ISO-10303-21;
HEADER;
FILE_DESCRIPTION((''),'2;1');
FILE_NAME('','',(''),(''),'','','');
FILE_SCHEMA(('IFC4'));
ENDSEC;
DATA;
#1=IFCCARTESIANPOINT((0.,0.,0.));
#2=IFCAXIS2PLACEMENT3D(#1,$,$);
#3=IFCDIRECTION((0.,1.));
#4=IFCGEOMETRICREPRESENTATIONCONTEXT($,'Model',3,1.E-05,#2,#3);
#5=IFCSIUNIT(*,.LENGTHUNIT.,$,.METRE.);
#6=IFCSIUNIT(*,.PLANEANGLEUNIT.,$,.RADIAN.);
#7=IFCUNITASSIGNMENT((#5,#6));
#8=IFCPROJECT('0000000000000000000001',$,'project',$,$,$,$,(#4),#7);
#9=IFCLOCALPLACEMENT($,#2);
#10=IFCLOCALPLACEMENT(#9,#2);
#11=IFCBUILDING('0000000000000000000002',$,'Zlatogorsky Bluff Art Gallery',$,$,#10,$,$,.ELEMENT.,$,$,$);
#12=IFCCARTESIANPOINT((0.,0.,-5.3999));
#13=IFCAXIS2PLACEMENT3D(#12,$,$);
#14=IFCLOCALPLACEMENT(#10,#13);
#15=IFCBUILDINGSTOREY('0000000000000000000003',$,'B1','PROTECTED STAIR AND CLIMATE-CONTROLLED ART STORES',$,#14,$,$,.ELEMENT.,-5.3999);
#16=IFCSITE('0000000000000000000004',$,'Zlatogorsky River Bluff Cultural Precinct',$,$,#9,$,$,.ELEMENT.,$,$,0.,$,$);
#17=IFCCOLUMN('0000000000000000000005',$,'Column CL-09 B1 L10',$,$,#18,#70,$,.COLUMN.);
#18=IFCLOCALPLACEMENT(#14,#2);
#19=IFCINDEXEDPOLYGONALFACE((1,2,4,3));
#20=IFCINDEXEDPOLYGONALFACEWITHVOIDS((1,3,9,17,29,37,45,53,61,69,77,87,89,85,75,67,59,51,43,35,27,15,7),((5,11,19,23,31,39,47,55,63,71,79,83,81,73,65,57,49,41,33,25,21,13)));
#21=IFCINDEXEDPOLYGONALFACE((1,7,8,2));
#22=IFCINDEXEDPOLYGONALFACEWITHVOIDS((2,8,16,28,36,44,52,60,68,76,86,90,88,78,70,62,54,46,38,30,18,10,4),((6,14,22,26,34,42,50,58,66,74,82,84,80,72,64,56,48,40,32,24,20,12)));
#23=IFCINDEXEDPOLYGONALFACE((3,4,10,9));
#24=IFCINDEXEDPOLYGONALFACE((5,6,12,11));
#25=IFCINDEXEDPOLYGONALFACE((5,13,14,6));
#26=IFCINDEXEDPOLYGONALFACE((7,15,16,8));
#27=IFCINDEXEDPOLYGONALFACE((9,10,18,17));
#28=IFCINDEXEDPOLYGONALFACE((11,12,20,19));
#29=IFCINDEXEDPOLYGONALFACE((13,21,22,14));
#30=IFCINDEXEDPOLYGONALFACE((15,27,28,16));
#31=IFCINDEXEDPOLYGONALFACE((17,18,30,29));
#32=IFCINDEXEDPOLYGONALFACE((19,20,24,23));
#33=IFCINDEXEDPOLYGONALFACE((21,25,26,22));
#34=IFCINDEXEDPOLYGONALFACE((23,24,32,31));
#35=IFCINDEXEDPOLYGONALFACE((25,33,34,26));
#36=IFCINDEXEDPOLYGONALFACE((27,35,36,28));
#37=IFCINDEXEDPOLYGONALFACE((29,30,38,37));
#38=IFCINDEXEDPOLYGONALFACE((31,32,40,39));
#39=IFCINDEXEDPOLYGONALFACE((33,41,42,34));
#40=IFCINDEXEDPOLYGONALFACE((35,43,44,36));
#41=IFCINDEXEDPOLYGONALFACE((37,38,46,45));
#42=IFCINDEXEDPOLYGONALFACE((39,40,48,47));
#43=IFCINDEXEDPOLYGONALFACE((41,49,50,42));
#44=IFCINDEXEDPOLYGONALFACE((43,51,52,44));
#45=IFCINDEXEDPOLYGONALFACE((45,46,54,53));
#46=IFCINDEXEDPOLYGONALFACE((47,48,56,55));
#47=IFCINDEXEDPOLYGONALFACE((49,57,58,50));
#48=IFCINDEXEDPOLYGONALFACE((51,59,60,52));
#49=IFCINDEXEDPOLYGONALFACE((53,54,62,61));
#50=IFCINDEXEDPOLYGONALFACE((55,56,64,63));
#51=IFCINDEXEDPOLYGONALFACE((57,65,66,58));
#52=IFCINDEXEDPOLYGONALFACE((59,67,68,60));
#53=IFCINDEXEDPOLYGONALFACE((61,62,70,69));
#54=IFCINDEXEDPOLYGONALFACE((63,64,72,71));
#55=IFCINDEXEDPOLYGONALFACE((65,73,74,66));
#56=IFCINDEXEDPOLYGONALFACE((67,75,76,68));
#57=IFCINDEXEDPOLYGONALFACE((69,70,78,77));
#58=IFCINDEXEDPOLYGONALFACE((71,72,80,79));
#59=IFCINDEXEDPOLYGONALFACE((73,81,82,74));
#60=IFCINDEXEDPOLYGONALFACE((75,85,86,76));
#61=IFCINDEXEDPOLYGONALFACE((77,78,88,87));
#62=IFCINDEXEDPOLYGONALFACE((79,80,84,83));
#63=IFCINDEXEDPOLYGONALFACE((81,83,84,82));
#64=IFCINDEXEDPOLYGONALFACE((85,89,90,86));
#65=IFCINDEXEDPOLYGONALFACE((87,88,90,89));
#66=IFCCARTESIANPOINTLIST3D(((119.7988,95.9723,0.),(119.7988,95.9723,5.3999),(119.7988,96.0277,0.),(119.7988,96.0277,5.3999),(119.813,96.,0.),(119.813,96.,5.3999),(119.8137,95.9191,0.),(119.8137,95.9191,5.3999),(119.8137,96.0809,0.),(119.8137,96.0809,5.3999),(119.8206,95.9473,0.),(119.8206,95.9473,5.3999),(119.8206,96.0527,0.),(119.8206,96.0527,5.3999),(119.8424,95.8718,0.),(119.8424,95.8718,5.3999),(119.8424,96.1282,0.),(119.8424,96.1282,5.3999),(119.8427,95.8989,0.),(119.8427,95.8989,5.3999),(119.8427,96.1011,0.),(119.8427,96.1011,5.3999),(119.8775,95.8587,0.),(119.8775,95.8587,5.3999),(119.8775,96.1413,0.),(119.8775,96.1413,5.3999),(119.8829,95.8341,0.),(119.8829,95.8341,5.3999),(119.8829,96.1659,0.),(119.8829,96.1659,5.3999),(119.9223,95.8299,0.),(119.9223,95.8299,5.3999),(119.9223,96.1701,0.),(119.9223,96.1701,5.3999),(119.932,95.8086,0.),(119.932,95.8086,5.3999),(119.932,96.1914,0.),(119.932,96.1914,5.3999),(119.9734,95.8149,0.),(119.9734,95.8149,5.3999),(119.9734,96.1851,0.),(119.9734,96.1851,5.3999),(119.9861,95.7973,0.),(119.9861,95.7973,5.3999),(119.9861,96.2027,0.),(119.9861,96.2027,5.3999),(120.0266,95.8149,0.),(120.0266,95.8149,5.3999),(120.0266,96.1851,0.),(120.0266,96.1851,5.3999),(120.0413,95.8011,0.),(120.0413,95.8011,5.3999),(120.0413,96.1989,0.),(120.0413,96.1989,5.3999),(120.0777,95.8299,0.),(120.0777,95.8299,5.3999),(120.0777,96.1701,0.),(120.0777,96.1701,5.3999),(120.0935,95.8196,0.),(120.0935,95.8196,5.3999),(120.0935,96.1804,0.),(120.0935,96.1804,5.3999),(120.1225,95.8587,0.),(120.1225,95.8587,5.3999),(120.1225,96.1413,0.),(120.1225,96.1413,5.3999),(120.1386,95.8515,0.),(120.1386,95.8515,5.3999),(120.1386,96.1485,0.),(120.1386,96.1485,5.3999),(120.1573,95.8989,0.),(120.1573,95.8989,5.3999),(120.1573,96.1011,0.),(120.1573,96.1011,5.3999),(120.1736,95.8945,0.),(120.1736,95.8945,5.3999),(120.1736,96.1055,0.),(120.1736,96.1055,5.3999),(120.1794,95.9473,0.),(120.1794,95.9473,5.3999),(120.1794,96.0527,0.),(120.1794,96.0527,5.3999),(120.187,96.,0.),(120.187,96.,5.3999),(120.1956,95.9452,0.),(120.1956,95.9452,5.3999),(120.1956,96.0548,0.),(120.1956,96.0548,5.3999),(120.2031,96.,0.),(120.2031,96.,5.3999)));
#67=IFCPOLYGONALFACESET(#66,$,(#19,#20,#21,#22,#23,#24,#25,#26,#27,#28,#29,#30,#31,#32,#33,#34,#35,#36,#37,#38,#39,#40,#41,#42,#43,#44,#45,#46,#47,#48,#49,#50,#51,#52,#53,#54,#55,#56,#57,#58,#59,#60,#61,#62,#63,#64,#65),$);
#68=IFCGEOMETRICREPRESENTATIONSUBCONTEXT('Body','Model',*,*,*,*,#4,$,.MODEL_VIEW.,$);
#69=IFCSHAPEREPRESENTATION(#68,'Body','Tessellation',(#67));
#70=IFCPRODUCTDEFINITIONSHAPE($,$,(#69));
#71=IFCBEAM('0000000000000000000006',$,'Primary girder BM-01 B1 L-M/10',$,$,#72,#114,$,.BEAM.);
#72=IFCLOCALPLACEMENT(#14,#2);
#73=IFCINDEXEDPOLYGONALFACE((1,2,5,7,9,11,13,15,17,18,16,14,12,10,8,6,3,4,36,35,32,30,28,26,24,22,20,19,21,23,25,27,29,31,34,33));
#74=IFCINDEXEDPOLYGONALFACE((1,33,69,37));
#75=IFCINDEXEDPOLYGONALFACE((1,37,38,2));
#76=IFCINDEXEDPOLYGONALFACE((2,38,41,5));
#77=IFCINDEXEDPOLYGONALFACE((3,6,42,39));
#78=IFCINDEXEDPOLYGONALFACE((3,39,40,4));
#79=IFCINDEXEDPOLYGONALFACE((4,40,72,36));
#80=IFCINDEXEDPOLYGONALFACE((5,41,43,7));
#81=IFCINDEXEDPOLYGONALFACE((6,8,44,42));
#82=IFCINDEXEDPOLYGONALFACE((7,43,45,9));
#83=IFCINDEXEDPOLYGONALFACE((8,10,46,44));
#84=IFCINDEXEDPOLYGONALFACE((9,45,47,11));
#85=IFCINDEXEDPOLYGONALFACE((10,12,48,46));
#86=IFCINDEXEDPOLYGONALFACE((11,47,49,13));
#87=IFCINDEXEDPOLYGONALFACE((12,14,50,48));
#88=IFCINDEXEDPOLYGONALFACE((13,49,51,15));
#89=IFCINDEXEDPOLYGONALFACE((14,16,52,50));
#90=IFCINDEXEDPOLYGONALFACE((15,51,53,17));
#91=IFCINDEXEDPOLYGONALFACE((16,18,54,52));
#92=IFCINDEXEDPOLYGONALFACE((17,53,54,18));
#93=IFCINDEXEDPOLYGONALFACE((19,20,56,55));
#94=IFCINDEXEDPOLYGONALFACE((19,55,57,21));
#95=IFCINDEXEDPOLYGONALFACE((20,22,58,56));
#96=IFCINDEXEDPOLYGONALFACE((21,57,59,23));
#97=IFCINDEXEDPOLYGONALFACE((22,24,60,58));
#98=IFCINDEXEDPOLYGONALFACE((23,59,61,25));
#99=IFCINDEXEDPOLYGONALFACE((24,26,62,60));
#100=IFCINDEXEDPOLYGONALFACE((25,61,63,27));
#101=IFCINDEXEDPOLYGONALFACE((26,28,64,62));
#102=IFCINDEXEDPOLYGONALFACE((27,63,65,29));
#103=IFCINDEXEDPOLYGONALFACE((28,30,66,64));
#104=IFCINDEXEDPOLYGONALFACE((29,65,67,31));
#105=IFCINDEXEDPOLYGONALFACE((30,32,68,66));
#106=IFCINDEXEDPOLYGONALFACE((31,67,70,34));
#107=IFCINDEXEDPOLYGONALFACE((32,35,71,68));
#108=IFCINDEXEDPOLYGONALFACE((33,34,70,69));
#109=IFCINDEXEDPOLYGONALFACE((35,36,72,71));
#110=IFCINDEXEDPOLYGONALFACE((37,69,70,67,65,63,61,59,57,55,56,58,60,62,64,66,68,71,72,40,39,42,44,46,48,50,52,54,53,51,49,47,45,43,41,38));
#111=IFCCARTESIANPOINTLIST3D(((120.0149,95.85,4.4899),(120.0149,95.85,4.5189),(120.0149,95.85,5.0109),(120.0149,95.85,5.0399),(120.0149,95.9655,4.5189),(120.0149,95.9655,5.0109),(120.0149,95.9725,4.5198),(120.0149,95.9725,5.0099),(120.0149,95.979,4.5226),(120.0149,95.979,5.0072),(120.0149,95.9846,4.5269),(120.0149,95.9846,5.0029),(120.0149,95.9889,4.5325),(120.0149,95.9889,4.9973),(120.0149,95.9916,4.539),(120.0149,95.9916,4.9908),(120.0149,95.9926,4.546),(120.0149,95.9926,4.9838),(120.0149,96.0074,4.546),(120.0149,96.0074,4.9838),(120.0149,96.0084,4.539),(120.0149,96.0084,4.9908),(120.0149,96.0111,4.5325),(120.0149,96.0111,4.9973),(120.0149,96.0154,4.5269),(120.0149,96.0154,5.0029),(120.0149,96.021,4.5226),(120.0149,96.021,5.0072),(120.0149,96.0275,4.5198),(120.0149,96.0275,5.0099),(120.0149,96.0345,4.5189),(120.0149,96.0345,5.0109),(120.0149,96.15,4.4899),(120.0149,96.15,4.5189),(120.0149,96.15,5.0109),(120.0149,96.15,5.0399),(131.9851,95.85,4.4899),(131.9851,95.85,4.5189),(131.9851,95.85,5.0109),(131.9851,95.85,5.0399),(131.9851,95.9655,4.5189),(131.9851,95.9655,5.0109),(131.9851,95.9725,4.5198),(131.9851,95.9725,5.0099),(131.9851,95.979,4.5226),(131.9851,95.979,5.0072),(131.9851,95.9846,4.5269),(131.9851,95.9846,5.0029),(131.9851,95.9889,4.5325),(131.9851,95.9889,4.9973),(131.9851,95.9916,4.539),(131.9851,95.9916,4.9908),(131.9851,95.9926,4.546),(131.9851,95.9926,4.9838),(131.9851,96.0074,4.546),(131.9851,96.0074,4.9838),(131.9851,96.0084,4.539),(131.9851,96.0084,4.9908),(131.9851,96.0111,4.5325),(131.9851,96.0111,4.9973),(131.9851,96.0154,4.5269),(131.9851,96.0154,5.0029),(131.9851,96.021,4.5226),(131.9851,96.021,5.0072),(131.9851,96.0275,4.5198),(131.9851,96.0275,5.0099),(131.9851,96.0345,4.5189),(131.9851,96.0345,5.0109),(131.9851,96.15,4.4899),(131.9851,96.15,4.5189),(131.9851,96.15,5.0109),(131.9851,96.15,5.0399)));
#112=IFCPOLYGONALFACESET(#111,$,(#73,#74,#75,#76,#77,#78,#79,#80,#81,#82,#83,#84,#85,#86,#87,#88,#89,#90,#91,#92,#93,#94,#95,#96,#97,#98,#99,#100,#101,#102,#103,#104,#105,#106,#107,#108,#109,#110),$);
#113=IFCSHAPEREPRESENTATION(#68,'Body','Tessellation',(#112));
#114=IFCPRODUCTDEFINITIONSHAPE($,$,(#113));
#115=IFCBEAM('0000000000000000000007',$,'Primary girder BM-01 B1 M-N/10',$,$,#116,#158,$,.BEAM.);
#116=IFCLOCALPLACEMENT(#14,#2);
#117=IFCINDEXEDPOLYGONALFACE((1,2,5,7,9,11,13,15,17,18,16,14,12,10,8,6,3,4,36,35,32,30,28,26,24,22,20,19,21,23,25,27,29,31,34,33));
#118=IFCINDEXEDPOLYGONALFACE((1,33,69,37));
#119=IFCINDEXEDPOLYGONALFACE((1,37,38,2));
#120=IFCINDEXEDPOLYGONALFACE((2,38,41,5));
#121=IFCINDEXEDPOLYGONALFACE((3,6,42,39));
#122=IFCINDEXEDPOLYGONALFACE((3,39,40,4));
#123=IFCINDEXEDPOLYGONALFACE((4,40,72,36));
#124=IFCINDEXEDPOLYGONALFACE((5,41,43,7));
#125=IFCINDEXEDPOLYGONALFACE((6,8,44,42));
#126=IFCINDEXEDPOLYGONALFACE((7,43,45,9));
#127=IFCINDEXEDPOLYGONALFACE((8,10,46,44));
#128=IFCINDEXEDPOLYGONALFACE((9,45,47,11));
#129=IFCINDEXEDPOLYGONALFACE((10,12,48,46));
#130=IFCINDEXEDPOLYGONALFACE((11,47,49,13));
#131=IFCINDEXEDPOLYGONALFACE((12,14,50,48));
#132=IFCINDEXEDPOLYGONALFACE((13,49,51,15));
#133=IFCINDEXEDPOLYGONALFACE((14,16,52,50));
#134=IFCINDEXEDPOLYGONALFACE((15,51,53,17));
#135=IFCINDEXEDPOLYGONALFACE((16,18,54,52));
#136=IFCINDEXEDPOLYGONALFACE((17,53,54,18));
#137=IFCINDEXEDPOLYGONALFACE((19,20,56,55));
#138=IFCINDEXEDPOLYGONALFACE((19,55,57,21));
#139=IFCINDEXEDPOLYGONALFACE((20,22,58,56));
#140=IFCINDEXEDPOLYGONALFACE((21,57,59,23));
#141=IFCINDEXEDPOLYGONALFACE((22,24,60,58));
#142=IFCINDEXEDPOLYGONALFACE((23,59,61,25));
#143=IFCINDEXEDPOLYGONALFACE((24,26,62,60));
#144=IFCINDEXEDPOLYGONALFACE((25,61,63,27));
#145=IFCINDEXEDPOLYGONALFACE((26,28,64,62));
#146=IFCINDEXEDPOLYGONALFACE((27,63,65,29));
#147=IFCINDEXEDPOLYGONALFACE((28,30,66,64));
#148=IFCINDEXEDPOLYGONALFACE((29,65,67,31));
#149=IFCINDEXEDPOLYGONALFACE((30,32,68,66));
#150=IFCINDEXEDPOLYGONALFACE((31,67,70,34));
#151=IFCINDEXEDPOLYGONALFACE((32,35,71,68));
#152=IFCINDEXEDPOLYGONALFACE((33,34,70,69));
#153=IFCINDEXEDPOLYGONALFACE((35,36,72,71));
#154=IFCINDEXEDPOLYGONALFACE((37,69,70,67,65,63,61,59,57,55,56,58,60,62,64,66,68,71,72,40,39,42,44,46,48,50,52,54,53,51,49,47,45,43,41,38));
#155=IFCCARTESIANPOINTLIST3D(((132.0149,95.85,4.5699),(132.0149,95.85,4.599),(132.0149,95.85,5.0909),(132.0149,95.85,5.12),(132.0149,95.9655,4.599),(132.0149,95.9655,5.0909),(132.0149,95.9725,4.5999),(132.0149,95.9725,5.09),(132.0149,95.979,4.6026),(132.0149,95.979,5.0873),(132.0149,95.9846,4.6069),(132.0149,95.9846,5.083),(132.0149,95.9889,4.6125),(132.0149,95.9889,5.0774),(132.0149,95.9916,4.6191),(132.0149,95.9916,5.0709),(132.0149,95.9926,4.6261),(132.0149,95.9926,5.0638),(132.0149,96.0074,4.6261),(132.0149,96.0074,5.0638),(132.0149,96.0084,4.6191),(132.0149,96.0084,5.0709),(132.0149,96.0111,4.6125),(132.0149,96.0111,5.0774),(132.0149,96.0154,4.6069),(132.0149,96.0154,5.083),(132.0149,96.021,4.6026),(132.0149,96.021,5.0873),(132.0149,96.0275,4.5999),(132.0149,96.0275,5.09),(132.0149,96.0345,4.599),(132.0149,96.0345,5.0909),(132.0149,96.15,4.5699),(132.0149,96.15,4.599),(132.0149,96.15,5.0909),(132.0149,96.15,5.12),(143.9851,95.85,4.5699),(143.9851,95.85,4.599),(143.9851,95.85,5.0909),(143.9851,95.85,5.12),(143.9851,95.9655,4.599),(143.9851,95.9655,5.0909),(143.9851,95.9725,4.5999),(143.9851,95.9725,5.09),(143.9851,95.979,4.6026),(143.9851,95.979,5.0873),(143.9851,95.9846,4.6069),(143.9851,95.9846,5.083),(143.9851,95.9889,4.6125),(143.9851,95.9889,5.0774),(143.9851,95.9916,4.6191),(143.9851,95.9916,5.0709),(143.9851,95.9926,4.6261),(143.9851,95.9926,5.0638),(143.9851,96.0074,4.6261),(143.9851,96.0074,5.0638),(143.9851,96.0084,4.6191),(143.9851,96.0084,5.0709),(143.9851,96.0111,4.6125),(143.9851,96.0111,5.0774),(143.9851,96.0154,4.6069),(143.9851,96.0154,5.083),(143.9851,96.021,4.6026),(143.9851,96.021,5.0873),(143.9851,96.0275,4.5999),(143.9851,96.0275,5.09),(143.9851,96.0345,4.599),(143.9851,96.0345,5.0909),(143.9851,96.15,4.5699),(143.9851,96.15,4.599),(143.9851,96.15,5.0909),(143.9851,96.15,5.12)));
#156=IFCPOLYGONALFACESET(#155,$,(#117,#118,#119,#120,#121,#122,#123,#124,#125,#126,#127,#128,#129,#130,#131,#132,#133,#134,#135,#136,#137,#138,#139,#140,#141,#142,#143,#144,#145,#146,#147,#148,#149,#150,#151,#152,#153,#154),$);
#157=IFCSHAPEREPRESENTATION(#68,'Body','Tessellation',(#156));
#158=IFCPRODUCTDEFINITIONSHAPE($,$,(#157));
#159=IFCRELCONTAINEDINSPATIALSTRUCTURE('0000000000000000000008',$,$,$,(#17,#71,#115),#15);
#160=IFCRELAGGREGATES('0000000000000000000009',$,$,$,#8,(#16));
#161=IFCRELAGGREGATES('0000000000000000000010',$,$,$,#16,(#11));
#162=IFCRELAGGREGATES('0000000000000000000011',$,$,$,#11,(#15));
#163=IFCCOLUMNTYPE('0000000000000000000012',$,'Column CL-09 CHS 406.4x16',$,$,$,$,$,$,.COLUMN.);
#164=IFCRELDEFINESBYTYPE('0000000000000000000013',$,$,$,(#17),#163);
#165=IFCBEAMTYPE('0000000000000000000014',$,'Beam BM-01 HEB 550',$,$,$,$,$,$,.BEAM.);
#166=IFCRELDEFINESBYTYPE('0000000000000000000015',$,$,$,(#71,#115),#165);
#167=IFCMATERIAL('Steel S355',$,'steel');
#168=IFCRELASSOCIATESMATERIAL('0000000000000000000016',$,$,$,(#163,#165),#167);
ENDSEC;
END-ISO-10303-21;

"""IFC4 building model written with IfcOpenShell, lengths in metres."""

from ifc_helpers import new_model, si_unit, direction, frame, origin, origin_2d, place, context, subcontext, project, spatial, hollow_circle, i_section, extrude, material, material_profile, profile_set, type_object, element, save


model = new_model("IFC4")

# Units and contexts
model_context = context("Model", 3, precision=1e-05, world=origin(), true_north=direction((0.0, 1.0)))
body_context = subcontext(model_context, "Body", "Model", "MODEL_VIEW")
ifc_project = project(units=[si_unit("LENGTHUNIT", "METRE"), si_unit("PLANEANGLEUNIT", "RADIAN")], contexts=[model_context])

# Site, building, storey
site_placement = place(None, origin())
site = spatial("IfcSite", under=ifc_project, at=site_placement, Name="Zlatogorsky River Bluff Cultural Precinct", CompositionType="ELEMENT", RefElevation=0.0)
building_placement = place(site_placement, origin())
building = spatial("IfcBuilding", under=site, at=building_placement, Name="Zlatogorsky Bluff Art Gallery", CompositionType="ELEMENT")
storey_placement = place(building_placement, frame((0.0, 0.0, -5.3999)))
storey = spatial("IfcBuildingStorey", under=building, at=storey_placement, Name="B1", Description="PROTECTED STAIR AND CLIMATE-CONTROLLED ART STORES", CompositionType="ELEMENT", Elevation=-5.3999)

# Column
ifc_material_1 = material(Name="Steel S355", Category="steel")
ifc_material_profile_1 = material_profile(ifc_material_1, hollow_circle(Radius=0.2031, WallThickness=0.0161, at=origin_2d()), Name="CHS 406.4x16")
ifc_profile_set_1 = profile_set([ifc_material_profile_1], Name="Steel S355")
column_type_1 = type_object("IfcColumnType", Name="Column CL-09 CHS 406.4x16", PredefinedType="COLUMN", material=ifc_profile_set_1)
column_1_placement = place(storey_placement, frame((120.0, 96.0, 0.0), z_axis=(0.0, 0.0, 1.0), x_axis=(1.0, 0.0, 0.0)))
element("IfcColumn", 1, at=column_1_placement, inside=storey, type_object=column_type_1, Name="Column CL-09 B1 L10", PredefinedType="COLUMN", context=body_context, shape_type="SweptSolid", body=[
    extrude(hollow_circle(Radius=0.2031, WallThickness=0.0161, at=origin_2d()), origin(), (0.0, 0.0, 1.0), 5.3999),
])

# Beams
ifc_material_profile_2 = material_profile(ifc_material_1, i_section(OverallWidth=0.3, OverallDepth=0.55, WebThickness=0.0149, FlangeThickness=0.0291, FilletRadius=0.0271, at=origin_2d()), Name="HEB 550")
ifc_profile_set_2 = profile_set([ifc_material_profile_2], Name="Steel S355")
beam_type_1 = type_object("IfcBeamType", Name="Beam BM-01 HEB 550", PredefinedType="BEAM", material=ifc_profile_set_2)
for number, where, z_axis, x_axis, name in (
    (2, (120.0149, 96.0, 4.7649), (1.0, 0.0, 0.0), (0.0, 1.0, 0.0), "Primary girder BM-01 B1 L-M/10"),
    (3, (132.0149, 96.0, 4.845), (1.0, 0.0, 0.0), (0.0, 1.0, 0.0), "Primary girder BM-01 B1 M-N/10"),
):
    element("IfcBeam", number, at=place(storey_placement, frame(where, z_axis=z_axis, x_axis=x_axis)), inside=storey, type_object=beam_type_1, Name=name, PredefinedType="BEAM", context=body_context, shape_type="SweptSolid", body=[
        extrude(i_section(OverallWidth=0.3, OverallDepth=0.55, WebThickness=0.0149, FlangeThickness=0.0291, FilletRadius=0.0271, at=origin_2d()), origin(), (0.0, 0.0, 1.0), 11.9702),
    ])

save(model, "model.ifc")
